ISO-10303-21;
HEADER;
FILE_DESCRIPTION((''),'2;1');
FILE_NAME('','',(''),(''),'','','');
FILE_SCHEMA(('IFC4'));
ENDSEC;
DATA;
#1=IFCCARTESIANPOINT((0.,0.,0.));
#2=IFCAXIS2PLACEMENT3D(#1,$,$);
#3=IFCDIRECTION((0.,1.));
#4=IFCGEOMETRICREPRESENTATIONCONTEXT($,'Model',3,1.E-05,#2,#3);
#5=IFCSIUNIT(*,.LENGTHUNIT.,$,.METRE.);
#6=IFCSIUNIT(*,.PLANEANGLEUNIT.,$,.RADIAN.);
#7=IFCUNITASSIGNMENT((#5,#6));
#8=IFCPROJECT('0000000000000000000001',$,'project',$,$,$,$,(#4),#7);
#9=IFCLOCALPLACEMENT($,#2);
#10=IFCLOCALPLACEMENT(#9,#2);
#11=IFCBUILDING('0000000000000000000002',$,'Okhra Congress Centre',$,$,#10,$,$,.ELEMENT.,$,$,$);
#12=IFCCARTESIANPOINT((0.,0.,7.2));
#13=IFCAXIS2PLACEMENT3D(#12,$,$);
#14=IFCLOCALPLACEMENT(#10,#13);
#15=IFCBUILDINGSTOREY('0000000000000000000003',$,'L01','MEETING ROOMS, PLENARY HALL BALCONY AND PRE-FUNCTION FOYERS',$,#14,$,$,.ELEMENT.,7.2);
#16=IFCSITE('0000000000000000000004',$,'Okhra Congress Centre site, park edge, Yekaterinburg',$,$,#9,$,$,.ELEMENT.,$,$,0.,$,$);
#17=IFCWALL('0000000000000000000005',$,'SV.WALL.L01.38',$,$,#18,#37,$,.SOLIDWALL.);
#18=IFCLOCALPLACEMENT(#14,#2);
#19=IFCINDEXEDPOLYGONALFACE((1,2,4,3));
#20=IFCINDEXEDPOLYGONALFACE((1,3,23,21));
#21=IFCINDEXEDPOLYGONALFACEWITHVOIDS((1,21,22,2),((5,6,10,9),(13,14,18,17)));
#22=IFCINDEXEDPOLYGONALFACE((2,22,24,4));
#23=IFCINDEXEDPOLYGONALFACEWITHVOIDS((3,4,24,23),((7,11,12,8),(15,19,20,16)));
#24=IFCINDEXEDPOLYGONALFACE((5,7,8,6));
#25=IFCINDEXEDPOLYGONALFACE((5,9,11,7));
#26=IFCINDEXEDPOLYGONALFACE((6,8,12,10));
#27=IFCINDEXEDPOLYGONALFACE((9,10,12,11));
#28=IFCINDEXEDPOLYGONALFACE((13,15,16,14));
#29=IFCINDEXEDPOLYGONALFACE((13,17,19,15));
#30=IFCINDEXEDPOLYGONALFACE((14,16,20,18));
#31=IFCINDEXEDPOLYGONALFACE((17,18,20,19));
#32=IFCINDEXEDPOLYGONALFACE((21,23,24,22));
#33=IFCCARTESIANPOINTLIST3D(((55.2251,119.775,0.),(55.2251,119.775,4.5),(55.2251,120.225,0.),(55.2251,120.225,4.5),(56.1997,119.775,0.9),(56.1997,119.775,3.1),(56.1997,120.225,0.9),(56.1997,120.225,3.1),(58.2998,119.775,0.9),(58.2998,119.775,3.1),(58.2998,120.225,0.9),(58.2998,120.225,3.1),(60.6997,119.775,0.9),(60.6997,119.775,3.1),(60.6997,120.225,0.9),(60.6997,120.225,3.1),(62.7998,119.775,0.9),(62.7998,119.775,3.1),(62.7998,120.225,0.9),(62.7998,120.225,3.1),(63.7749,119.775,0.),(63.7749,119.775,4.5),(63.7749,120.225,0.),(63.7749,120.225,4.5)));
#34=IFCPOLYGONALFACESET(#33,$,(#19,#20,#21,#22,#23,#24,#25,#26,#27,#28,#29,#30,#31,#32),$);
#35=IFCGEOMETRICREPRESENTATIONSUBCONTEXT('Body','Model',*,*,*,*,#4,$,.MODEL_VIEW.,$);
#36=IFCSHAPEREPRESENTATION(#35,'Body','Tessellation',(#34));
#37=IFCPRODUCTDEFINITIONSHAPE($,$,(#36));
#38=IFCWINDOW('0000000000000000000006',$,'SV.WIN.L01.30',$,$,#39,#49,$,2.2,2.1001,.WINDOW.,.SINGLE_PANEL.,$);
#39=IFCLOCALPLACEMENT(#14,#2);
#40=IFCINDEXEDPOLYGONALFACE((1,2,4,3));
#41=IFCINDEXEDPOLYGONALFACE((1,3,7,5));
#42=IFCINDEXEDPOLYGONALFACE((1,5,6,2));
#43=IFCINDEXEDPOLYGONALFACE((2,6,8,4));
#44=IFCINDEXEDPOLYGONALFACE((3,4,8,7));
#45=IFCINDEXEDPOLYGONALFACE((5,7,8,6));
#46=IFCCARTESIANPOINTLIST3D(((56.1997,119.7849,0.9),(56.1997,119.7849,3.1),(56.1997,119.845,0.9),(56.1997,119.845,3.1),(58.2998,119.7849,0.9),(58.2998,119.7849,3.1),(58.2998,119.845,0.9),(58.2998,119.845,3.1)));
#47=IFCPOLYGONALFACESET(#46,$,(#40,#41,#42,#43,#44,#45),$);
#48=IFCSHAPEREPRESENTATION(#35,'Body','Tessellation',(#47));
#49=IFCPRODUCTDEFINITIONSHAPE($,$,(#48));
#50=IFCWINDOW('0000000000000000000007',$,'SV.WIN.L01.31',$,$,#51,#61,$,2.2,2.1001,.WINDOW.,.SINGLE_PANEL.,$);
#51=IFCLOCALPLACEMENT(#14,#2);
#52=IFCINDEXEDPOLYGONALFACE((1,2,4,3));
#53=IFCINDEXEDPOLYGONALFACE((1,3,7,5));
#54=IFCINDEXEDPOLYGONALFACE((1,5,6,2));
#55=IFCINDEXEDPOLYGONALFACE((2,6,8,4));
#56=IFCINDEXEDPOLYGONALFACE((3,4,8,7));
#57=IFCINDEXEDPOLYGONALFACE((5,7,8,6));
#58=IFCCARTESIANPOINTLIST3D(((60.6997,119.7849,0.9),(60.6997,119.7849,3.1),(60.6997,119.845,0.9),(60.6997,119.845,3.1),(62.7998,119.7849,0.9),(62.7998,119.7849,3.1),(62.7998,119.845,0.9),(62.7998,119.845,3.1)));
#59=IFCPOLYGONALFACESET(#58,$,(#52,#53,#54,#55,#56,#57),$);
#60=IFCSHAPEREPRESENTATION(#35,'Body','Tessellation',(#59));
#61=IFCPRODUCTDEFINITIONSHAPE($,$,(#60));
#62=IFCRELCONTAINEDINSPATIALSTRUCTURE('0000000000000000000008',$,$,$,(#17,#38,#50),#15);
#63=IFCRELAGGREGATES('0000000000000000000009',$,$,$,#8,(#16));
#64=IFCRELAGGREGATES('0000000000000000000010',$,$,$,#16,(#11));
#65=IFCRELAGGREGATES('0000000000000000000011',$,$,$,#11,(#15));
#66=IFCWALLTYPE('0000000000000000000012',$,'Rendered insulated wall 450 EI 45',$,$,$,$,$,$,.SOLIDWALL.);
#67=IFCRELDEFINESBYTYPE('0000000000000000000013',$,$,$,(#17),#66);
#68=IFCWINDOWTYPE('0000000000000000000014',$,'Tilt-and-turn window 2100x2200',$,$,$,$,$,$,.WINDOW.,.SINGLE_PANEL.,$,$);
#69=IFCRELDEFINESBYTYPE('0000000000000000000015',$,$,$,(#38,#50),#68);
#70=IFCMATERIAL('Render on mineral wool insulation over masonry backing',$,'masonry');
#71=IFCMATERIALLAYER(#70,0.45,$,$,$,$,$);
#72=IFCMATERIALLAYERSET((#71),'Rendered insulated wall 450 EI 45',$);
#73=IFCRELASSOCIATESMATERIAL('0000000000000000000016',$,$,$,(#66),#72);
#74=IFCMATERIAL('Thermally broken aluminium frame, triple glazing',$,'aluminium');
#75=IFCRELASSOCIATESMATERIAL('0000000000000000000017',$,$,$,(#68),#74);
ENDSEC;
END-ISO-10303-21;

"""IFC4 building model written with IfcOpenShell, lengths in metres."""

from ifc_helpers import new_model, si_unit, direction, frame, frame_2d, origin, place, context, subcontext, project, spatial, rectangle, extrude, material, layer, layer_set, type_object, element, fill, save


model = new_model("IFC4")

# Units and contexts
model_context = context("Model", 3, precision=1e-05, world=origin(), true_north=direction((0.0, 1.0)))
body_context = subcontext(model_context, "Body", "Model", "MODEL_VIEW")
ifc_project = project(units=[si_unit("LENGTHUNIT", "METRE"), si_unit("PLANEANGLEUNIT", "RADIAN")], contexts=[model_context])

# Site, building, storey
site_placement = place(None, origin())
site = spatial("IfcSite", under=ifc_project, at=site_placement, Name="Okhra Congress Centre site, park edge, Yekaterinburg", CompositionType="ELEMENT", RefElevation=0.0)
building_placement = place(site_placement, origin())
building = spatial("IfcBuilding", under=site, at=building_placement, Name="Okhra Congress Centre", CompositionType="ELEMENT")
storey_placement = place(building_placement, frame((0.0, 0.0, 7.2)))
storey = spatial("IfcBuildingStorey", under=building, at=storey_placement, Name="L01", Description="MEETING ROOMS, PLENARY HALL BALCONY AND PRE-FUNCTION FOYERS", CompositionType="ELEMENT", Elevation=7.2)

# Wall, openings, windows
ifc_material_1 = material(Name="Render on mineral wool insulation over masonry backing", Category="masonry")
ifc_layer_1 = layer(ifc_material_1, 0.45)
ifc_layer_set_1 = layer_set([ifc_layer_1], Name="Rendered insulated wall 450 EI 45")
wall_type_1 = type_object("IfcWallType", Name="Rendered insulated wall 450 EI 45", PredefinedType="SOLIDWALL", material=ifc_layer_set_1)
ifc_material_2 = material(Name="Thermally broken aluminium frame, triple glazing", Category="aluminium")
window_type = type_object("IfcWindowType", Name="Tilt-and-turn window 2100x2200", PartitioningType="SINGLE_PANEL", PredefinedType="WINDOW", material=ifc_material_2)
wall_1_placement = place(storey_placement, frame((63.7749, 120.0, 0.0), z_axis=(0.0, 0.0, 1.0), x_axis=(-1.0, 0.0, 0.0)))
wall_1 = element("IfcWall", 1, at=wall_1_placement, inside=storey, type_object=wall_type_1, Name="SV.WALL.L01.38", PredefinedType="SOLIDWALL", context=body_context, shape_type="SweptSolid", body=[
    extrude(rectangle(XDim=8.5498, YDim=0.45, at=frame_2d((4.2749, 0.0))), origin(), (0.0, 0.0, 1.0), 4.5),
])
opening_1_placement = place(wall_1_placement, frame((5.4751, 0.0, 0.8999)))
opening_1 = element("IfcOpeningElement", 2, at=opening_1_placement, cuts=wall_1, PredefinedType="OPENING", context=body_context, shape_type="SweptSolid", body=[
    extrude(rectangle(XDim=2.1001, YDim=2.2, at=frame_2d((1.05, 1.1001))), frame((0.0, 0.2349, 0.0), z_axis=(0.0, -1.0, 0.0), x_axis=(1.0, 0.0, 0.0)), (0.0, 0.0, 1.0), 0.47),
])
opening_2_placement = place(wall_1_placement, frame((0.9751, 0.0, 0.8999)))
opening_2 = element("IfcOpeningElement", 3, at=opening_2_placement, cuts=wall_1, PredefinedType="OPENING", context=body_context, shape_type="SweptSolid", body=[
    extrude(rectangle(XDim=2.1001, YDim=2.2, at=frame_2d((1.05, 1.1001))), frame((0.0, 0.2349, 0.0), z_axis=(0.0, -1.0, 0.0), x_axis=(1.0, 0.0, 0.0)), (0.0, 0.0, 1.0), 0.47),
])
window_1_placement = place(opening_1_placement, origin())
window_1 = element("IfcWindow", 4, at=window_1_placement, inside=storey, type_object=window_type, Name="SV.WIN.L01.30", OverallHeight=2.2, OverallWidth=2.1001, PartitioningType="SINGLE_PANEL", PredefinedType="WINDOW", context=body_context, shape_type="SweptSolid", body=[
    extrude(rectangle(XDim=2.1001, YDim=2.2, at=frame_2d((1.05, 1.1001))), frame((0.0, 0.2151, 0.0), z_axis=(0.0, -1.0, 0.0), x_axis=(1.0, 0.0, 0.0)), (0.0, 0.0, 1.0), 0.0601),
])
fill(opening_1, window_1)
window_2_placement = place(opening_2_placement, origin())
window_2 = element("IfcWindow", 5, at=window_2_placement, inside=storey, type_object=window_type, Name="SV.WIN.L01.31", OverallHeight=2.2, OverallWidth=2.1001, PartitioningType="SINGLE_PANEL", PredefinedType="WINDOW", context=body_context, shape_type="SweptSolid", body=[
    extrude(rectangle(XDim=2.1001, YDim=2.2, at=frame_2d((1.05, 1.1001))), frame((0.0, 0.2151, 0.0), z_axis=(0.0, -1.0, 0.0), x_axis=(1.0, 0.0, 0.0)), (0.0, 0.0, 1.0), 0.0601),
])
fill(opening_2, window_2)

save(model, "model.ifc")
